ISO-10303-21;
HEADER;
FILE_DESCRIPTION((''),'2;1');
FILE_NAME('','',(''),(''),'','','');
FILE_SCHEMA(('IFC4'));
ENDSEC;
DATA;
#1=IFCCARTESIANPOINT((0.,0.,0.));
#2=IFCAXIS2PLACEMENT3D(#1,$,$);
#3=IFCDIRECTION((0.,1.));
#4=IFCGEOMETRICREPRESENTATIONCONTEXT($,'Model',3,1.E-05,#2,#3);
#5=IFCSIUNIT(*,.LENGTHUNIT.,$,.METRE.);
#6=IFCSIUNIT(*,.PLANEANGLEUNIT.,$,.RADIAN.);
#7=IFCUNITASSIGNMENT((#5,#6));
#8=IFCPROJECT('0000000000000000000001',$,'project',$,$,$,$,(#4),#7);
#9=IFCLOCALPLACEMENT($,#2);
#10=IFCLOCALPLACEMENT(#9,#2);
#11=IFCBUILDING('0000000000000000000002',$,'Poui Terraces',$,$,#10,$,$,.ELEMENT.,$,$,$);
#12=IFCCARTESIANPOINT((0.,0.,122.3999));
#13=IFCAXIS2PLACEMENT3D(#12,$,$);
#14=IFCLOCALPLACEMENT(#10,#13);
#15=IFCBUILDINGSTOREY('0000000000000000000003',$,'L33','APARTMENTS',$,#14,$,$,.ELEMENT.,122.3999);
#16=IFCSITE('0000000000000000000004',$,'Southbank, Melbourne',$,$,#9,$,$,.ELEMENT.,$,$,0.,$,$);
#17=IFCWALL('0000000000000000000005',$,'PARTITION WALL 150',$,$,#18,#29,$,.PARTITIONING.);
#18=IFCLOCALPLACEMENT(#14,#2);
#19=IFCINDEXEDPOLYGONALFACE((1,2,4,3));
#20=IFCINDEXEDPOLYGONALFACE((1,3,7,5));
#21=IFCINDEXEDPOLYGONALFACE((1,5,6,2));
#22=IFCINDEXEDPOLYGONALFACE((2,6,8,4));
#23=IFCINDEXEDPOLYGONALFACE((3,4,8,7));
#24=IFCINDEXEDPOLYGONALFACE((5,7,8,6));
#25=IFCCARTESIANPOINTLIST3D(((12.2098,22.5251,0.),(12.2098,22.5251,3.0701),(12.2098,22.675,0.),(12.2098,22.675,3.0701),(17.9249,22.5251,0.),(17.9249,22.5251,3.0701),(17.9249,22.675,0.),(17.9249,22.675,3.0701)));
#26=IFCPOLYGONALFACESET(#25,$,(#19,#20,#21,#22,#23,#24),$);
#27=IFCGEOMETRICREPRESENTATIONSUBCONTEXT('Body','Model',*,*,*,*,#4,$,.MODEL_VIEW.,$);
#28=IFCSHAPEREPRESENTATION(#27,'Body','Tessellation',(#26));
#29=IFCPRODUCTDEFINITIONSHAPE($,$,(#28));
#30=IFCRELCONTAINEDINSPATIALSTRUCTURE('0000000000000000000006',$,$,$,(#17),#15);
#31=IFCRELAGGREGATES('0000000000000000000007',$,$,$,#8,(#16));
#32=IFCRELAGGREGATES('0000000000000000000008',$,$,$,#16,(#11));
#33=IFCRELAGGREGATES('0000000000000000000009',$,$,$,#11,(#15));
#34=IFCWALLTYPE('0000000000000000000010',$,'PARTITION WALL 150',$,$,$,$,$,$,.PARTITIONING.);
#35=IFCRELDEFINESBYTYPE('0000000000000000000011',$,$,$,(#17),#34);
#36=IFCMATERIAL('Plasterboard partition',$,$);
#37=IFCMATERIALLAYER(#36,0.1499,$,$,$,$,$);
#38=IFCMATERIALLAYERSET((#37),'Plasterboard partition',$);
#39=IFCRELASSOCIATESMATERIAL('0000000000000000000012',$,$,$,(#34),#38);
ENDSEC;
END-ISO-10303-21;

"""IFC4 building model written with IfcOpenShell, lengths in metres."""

from ifc_helpers import new_model, si_unit, direction, frame, frame_2d, origin, place, context, subcontext, project, spatial, rectangle, extrude, material, layer, layer_set, type_object, element, save


model = new_model("IFC4")

# Units and contexts
model_context = context("Model", 3, precision=1e-05, world=origin(), true_north=direction((0.0, 1.0)))
body_context = subcontext(model_context, "Body", "Model", "MODEL_VIEW")
ifc_project = project(units=[si_unit("LENGTHUNIT", "METRE"), si_unit("PLANEANGLEUNIT", "RADIAN")], contexts=[model_context])

# Site, building, storey
site_placement = place(None, origin())
site = spatial("IfcSite", under=ifc_project, at=site_placement, Name="Southbank, Melbourne", CompositionType="ELEMENT", RefElevation=0.0)
building_placement = place(site_placement, origin())
building = spatial("IfcBuilding", under=site, at=building_placement, Name="Poui Terraces", CompositionType="ELEMENT")
storey_placement = place(building_placement, frame((0.0, 0.0, 122.3999)))
storey = spatial("IfcBuildingStorey", under=building, at=storey_placement, Name="L33", Description="APARTMENTS", CompositionType="ELEMENT", Elevation=122.3999)

# Wall
ifc_material_1 = material(Name="Plasterboard partition")
ifc_layer_1 = layer(ifc_material_1, 0.1499)
ifc_layer_set_1 = layer_set([ifc_layer_1], Name="Plasterboard partition")
wall_type_1 = type_object("IfcWallType", Name="PARTITION WALL 150", PredefinedType="PARTITIONING", material=ifc_layer_set_1)
wall_1_placement = place(storey_placement, frame((12.21, 22.6001, 0.0), z_axis=(0.0, 0.0, 1.0), x_axis=(1.0, 0.0, 0.0)))
element("IfcWall", 1, at=wall_1_placement, inside=storey, type_object=wall_type_1, Name="PARTITION WALL 150", PredefinedType="PARTITIONING", context=body_context, shape_type="SweptSolid", body=[
    extrude(rectangle(XDim=5.7151, YDim=0.1499, at=frame_2d((2.8574, 0.0))), origin(), (0.0, 0.0, 1.0), 3.0701),
])

save(model, "model.ifc")
